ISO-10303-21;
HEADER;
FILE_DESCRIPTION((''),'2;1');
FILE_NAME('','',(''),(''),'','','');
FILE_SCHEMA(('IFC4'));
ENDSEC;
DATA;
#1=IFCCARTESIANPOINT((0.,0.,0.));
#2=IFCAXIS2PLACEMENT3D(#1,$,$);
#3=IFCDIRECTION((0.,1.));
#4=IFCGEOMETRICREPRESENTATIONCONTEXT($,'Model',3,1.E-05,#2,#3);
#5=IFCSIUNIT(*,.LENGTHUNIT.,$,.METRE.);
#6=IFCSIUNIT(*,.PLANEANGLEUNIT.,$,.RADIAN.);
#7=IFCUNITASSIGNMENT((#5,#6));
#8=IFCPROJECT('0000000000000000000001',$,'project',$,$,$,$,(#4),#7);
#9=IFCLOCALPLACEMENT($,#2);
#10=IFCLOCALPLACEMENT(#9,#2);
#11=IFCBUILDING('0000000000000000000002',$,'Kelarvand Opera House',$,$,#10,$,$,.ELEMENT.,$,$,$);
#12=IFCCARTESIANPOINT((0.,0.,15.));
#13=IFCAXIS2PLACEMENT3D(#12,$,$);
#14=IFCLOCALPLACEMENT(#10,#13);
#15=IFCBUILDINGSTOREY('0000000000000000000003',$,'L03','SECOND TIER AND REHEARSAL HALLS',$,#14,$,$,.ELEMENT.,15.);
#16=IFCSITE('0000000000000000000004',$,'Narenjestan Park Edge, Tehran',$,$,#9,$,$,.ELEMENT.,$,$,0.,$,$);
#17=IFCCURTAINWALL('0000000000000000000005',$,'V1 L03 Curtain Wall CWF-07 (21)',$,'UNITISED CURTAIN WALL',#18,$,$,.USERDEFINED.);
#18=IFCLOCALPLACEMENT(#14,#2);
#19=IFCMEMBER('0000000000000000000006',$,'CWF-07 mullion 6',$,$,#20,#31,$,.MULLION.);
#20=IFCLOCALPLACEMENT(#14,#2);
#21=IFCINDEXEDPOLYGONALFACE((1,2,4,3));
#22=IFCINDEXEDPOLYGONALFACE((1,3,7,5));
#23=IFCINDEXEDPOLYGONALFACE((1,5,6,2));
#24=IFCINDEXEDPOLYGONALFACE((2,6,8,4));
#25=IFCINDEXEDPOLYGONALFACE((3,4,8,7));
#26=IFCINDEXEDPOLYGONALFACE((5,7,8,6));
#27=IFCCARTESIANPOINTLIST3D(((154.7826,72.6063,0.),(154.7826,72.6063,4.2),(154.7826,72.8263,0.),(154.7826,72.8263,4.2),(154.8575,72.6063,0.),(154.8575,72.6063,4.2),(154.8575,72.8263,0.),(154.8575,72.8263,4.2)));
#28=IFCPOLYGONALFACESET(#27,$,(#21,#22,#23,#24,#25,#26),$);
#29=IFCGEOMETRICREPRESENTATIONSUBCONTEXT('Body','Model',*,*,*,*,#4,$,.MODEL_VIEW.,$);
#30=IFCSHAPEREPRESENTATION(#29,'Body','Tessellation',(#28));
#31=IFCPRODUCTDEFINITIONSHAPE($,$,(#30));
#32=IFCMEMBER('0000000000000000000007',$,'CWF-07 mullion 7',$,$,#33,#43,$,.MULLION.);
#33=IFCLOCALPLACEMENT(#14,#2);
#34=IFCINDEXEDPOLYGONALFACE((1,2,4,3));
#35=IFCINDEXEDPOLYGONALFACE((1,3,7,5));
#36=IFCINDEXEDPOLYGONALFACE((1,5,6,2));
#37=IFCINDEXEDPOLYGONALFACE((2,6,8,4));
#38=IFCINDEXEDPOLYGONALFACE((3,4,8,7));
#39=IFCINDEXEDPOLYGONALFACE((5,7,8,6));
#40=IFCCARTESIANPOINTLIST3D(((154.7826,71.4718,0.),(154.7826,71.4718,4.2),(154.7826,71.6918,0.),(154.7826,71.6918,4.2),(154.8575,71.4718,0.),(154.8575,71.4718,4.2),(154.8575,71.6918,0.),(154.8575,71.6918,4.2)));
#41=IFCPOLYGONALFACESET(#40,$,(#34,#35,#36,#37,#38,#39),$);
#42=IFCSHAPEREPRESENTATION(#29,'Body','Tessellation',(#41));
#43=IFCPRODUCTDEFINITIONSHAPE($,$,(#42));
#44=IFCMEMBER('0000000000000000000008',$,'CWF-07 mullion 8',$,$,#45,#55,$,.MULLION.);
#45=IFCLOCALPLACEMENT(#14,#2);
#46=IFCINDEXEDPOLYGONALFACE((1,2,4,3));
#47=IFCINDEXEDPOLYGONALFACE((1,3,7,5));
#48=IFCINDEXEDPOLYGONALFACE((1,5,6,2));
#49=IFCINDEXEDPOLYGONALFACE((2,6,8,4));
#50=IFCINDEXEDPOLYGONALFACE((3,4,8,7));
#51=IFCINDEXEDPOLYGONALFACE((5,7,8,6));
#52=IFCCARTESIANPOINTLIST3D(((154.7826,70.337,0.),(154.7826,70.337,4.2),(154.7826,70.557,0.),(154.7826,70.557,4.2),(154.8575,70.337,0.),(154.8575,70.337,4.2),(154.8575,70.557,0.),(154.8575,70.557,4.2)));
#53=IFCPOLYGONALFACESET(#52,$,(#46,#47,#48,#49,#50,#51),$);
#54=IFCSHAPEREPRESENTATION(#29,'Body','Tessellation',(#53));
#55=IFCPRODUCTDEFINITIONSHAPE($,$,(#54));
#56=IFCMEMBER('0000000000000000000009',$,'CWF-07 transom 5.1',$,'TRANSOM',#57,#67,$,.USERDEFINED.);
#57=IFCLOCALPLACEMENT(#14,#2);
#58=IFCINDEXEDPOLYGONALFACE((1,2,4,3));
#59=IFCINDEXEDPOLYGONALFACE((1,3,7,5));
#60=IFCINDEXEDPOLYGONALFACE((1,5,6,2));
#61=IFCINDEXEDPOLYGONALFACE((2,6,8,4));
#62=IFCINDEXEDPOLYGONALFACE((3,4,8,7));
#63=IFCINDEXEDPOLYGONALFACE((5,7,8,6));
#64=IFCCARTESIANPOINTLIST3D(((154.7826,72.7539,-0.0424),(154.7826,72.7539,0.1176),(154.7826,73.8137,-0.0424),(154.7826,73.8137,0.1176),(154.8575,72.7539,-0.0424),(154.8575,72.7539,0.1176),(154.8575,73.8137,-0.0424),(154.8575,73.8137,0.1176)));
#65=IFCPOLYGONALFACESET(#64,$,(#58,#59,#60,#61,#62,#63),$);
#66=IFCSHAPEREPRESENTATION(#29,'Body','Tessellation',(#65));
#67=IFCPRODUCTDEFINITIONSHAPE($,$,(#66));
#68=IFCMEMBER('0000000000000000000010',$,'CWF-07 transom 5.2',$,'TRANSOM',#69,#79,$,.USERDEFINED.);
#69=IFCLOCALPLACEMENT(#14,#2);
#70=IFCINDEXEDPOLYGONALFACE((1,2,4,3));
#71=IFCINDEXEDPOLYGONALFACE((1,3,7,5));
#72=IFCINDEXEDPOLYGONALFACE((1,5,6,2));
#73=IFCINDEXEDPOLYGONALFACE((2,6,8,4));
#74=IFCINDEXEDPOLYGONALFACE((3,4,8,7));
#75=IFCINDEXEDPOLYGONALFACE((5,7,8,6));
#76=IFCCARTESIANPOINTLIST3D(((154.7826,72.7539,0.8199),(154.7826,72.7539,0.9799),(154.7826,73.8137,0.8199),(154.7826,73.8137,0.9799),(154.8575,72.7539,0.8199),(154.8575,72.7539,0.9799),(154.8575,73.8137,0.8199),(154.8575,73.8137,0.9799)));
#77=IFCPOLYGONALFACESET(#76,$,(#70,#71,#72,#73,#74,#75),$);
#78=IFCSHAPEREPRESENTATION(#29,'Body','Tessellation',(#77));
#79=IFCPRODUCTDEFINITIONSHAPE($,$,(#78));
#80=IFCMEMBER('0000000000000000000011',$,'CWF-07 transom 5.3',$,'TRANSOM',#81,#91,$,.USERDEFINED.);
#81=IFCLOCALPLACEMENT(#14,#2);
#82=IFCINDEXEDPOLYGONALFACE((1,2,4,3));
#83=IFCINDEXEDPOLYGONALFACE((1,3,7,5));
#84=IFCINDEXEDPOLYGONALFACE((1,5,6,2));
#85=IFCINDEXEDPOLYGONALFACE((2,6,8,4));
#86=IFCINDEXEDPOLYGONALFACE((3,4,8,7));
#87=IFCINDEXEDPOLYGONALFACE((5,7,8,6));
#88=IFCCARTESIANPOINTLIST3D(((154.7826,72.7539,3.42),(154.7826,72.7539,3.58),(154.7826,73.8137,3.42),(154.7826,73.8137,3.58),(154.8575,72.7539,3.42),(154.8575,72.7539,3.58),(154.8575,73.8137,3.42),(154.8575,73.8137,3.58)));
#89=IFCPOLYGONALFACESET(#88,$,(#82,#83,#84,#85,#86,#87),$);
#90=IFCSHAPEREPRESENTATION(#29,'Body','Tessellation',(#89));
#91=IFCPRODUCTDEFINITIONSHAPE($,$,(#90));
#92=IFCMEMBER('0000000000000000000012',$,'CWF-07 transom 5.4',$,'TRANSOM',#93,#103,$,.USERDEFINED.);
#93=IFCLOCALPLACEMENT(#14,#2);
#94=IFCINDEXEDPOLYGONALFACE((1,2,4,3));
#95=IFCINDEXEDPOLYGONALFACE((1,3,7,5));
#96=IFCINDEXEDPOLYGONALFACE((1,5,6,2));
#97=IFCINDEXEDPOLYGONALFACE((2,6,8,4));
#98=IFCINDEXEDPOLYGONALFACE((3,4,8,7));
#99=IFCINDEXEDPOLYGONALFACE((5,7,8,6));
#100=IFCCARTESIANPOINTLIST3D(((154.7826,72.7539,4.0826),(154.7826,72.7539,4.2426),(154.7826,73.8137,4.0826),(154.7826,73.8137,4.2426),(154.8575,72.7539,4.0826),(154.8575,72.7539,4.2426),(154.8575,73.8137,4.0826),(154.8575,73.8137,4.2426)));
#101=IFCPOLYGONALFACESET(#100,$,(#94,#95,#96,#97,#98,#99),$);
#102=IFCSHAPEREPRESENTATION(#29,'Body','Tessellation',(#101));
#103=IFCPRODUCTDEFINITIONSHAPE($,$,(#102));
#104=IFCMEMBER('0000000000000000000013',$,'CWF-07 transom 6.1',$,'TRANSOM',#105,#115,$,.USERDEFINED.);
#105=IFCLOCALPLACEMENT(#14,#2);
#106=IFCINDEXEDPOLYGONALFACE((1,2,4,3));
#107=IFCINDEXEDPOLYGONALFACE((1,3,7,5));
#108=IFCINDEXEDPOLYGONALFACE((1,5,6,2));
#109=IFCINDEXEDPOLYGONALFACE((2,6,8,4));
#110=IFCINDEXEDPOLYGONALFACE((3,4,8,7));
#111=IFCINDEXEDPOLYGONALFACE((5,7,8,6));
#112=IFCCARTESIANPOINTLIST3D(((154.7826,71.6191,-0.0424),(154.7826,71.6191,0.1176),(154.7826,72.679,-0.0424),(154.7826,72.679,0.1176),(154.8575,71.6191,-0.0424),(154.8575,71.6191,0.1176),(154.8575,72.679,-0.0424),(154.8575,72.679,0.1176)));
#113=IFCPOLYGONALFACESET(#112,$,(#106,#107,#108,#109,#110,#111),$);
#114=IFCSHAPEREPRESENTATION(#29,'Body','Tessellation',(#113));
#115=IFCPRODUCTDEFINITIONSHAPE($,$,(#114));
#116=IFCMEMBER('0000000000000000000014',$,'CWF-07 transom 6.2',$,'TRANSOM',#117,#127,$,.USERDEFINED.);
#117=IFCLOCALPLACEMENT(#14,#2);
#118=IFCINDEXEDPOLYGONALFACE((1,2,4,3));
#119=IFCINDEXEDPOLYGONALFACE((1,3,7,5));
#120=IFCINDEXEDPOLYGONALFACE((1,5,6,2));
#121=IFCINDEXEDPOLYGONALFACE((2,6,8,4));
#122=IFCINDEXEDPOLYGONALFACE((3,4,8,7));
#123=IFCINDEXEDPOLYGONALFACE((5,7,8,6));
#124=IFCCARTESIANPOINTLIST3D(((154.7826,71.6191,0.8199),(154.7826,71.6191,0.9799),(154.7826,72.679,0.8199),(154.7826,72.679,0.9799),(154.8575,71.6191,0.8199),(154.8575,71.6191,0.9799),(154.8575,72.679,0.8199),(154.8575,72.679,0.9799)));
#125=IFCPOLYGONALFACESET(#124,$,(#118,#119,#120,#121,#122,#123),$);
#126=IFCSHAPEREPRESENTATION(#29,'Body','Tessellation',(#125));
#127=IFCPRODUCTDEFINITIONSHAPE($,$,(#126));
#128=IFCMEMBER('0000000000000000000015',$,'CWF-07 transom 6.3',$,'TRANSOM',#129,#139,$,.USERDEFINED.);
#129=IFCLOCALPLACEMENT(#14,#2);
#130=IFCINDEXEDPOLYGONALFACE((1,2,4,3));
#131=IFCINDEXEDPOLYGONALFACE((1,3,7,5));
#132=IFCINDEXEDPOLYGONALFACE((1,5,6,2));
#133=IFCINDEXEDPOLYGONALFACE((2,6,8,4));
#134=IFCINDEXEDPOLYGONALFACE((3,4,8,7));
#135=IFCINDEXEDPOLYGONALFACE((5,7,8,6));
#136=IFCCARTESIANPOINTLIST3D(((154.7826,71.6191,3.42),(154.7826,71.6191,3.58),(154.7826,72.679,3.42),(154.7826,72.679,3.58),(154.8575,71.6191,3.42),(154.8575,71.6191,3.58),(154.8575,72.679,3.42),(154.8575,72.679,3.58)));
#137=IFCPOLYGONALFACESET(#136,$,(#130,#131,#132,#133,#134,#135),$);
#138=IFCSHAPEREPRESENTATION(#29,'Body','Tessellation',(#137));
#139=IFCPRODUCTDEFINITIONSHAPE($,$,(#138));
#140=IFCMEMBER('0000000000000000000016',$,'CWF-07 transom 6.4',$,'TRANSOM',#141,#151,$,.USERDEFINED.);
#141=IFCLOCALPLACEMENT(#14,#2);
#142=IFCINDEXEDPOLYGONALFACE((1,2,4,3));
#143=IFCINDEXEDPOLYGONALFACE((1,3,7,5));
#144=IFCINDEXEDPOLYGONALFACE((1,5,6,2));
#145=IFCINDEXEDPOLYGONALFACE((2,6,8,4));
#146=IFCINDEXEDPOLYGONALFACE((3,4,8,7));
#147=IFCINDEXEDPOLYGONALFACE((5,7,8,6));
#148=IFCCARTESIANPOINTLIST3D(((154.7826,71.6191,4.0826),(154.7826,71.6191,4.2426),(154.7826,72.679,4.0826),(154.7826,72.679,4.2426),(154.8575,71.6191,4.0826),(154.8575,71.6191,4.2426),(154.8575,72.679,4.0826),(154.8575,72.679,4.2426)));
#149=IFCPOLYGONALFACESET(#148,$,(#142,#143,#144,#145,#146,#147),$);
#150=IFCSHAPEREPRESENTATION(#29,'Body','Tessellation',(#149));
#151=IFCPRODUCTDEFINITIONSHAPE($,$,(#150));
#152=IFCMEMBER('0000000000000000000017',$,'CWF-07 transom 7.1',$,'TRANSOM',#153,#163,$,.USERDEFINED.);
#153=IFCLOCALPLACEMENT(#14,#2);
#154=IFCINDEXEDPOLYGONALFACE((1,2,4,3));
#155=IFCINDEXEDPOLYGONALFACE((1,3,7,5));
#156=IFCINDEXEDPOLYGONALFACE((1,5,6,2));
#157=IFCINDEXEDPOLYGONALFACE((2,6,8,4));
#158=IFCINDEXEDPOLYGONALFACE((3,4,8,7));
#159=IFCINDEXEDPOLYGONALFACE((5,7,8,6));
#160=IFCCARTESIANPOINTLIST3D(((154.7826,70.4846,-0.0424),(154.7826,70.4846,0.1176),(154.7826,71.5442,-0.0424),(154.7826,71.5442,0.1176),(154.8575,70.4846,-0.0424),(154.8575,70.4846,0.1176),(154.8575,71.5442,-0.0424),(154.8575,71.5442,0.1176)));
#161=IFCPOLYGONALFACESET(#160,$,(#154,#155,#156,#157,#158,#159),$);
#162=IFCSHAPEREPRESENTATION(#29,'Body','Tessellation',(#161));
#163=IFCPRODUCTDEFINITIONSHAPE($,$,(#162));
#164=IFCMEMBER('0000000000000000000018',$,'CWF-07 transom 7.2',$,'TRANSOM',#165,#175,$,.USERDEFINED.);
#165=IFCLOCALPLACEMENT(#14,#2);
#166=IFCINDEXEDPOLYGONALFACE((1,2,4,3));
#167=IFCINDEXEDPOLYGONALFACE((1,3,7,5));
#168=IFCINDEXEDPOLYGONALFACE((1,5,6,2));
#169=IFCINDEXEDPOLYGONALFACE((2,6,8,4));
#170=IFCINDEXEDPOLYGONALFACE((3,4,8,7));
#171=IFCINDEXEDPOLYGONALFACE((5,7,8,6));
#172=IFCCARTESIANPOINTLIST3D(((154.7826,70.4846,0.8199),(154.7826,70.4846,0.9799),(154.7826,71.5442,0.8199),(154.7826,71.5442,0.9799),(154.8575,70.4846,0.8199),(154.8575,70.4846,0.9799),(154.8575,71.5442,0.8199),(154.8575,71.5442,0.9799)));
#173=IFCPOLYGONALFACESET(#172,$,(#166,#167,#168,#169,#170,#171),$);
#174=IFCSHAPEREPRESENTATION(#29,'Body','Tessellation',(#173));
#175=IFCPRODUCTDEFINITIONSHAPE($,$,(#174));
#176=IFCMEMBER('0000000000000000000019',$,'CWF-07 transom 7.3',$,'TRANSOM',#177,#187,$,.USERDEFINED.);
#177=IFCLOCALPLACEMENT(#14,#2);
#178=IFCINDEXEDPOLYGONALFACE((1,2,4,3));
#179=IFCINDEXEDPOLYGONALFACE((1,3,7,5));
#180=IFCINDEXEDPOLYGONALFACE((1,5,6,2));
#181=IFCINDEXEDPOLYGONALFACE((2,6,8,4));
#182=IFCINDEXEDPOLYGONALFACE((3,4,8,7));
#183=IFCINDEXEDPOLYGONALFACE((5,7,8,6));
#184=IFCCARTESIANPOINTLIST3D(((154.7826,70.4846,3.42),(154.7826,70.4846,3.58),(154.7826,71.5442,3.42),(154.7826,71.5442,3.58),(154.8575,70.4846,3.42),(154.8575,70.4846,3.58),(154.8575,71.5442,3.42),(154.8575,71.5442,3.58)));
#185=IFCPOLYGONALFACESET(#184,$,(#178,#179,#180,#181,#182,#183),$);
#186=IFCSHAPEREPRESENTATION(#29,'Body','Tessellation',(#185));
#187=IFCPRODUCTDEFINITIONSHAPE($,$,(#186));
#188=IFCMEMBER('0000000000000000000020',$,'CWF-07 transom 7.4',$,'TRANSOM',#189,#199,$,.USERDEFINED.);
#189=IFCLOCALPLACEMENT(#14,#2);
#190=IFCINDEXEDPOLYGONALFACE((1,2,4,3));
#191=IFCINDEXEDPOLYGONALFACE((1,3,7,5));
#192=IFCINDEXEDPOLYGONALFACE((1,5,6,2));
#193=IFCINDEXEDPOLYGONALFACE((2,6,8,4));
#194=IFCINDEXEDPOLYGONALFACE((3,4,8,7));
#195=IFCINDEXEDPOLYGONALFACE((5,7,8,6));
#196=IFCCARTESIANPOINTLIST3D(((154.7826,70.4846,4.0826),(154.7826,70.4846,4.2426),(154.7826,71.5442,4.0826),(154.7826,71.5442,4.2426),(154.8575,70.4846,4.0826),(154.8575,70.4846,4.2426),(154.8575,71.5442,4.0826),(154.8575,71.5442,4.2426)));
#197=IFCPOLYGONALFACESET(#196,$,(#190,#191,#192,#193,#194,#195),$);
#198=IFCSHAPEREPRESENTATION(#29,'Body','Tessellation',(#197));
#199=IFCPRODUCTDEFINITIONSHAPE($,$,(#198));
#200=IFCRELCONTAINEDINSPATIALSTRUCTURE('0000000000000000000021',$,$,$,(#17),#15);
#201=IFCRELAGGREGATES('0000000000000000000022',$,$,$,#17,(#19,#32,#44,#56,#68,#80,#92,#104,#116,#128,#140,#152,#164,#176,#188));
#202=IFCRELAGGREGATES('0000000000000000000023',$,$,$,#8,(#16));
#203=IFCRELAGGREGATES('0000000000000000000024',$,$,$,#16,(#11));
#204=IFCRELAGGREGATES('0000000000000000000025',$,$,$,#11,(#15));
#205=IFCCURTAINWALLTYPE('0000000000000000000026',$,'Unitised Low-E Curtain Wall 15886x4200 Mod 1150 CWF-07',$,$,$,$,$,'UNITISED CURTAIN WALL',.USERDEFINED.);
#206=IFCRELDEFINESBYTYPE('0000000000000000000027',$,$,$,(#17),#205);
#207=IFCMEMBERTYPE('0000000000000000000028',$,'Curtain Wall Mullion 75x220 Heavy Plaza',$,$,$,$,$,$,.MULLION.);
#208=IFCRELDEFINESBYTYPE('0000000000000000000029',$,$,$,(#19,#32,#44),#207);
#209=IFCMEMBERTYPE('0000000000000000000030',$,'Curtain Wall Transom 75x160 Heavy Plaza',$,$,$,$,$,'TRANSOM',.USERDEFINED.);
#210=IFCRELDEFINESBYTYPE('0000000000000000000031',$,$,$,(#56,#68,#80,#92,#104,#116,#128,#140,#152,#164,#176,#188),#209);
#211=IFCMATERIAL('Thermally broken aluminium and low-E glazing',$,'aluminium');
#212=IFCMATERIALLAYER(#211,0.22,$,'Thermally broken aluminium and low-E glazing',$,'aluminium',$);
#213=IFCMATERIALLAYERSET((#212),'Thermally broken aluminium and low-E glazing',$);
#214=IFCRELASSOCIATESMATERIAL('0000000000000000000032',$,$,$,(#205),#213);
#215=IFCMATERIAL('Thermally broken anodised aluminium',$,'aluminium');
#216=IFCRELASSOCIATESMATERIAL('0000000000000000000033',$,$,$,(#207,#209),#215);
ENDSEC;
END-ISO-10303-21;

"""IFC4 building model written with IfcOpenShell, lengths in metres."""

from ifc_helpers import new_model, si_unit, direction, frame, origin, origin_2d, place, context, subcontext, project, spatial, rectangle, extrude, material, layer, layer_set, material_profile, profile_set, type_object, element, aggregate, save


model = new_model("IFC4")

# Units and contexts
model_context = context("Model", 3, precision=1e-05, world=origin(), true_north=direction((0.0, 1.0)))
body_context = subcontext(model_context, "Body", "Model", "MODEL_VIEW")
ifc_project = project(units=[si_unit("LENGTHUNIT", "METRE"), si_unit("PLANEANGLEUNIT", "RADIAN")], contexts=[model_context])

# Site, building, storey
site_placement = place(None, origin())
site = spatial("IfcSite", under=ifc_project, at=site_placement, Name="Narenjestan Park Edge, Tehran", CompositionType="ELEMENT", RefElevation=0.0)
building_placement = place(site_placement, origin())
building = spatial("IfcBuilding", under=site, at=building_placement, Name="Kelarvand Opera House", CompositionType="ELEMENT")
storey_placement = place(building_placement, frame((0.0, 0.0, 15.0)))
storey = spatial("IfcBuildingStorey", under=building, at=storey_placement, Name="L03", Description="SECOND TIER AND REHEARSAL HALLS", CompositionType="ELEMENT", Elevation=15.0)

# Curtain wall, members
ifc_material_1 = material(Name="Thermally broken aluminium and low-E glazing", Category="aluminium")
ifc_layer_1 = layer(ifc_material_1, 0.22, Name="Thermally broken aluminium and low-E glazing", Category="aluminium")
ifc_layer_set_1 = layer_set([ifc_layer_1], Name="Thermally broken aluminium and low-E glazing")
curtain_wall_type = type_object("IfcCurtainWallType", Name="Unitised Low-E Curtain Wall 15886x4200 Mod 1150 CWF-07", ElementType="UNITISED CURTAIN WALL", PredefinedType="USERDEFINED", material=ifc_layer_set_1)
curtain_wall_placement = place(storey_placement, origin())
curtain_wall = element("IfcCurtainWall", 1, at=curtain_wall_placement, inside=storey, type_object=curtain_wall_type, Name="V1 L03 Curtain Wall CWF-07 (21)", ObjectType="UNITISED CURTAIN WALL", PredefinedType="USERDEFINED")
ifc_material_2 = material(Name="Thermally broken anodised aluminium", Category="aluminium")
ifc_material_profile_1 = material_profile(ifc_material_2, rectangle(XDim=0.075, YDim=0.22, at=origin_2d()), Name="ALU MULLION 75x220", Category="aluminium")
ifc_profile_set_1 = profile_set([ifc_material_profile_1], Name="Thermally broken anodised aluminium")
member_type_1 = type_object("IfcMemberType", Name="Curtain Wall Mullion 75x220 Heavy Plaza", PredefinedType="MULLION", material=ifc_profile_set_1)
member_1_placement = place(storey_placement, frame((154.8201, 72.7163, 0.0), z_axis=(0.0, 0.0, 1.0), x_axis=(1.0, 0.0, 0.0)))
member_1 = element("IfcMember", 2, at=member_1_placement, type_object=member_type_1, Name="CWF-07 mullion 6", PredefinedType="MULLION", context=body_context, shape_type="SweptSolid", body=[
    extrude(rectangle(XDim=0.075, YDim=0.22, at=origin_2d()), origin(), (0.0, 0.0, 1.0), 4.2),
])
member_2_placement = place(storey_placement, frame((154.8201, 71.5818, 0.0), z_axis=(0.0, 0.0, 1.0), x_axis=(1.0, 0.0, 0.0)))
member_2 = element("IfcMember", 3, at=member_2_placement, type_object=member_type_1, Name="CWF-07 mullion 7", PredefinedType="MULLION", context=body_context, shape_type="SweptSolid", body=[
    extrude(rectangle(XDim=0.075, YDim=0.22, at=origin_2d()), origin(), (0.0, 0.0, 1.0), 4.2),
])
member_3_placement = place(storey_placement, frame((154.8201, 70.447, 0.0), z_axis=(0.0, 0.0, 1.0), x_axis=(1.0, 0.0, 0.0)))
member_3 = element("IfcMember", 4, at=member_3_placement, type_object=member_type_1, Name="CWF-07 mullion 8", PredefinedType="MULLION", context=body_context, shape_type="SweptSolid", body=[
    extrude(rectangle(XDim=0.075, YDim=0.22, at=origin_2d()), origin(), (0.0, 0.0, 1.0), 4.2),
])
ifc_material_profile_2 = material_profile(ifc_material_2, rectangle(XDim=0.075, YDim=0.1599, at=origin_2d()), Name="ALU TRANSOM 75x160", Category="aluminium")
ifc_profile_set_2 = profile_set([ifc_material_profile_2], Name="Thermally broken anodised aluminium")
member_type_2 = type_object("IfcMemberType", Name="Curtain Wall Transom 75x160 Heavy Plaza", ElementType="TRANSOM", PredefinedType="USERDEFINED", material=ifc_profile_set_2)
member_4_placement = place(storey_placement, frame((154.8201, 73.8137, 0.0376), z_axis=(0.0, -1.0, 0.0), x_axis=(1.0, 0.0, 0.0)))
member_4 = element("IfcMember", 5, at=member_4_placement, type_object=member_type_2, Name="CWF-07 transom 5.1", ObjectType="TRANSOM", PredefinedType="USERDEFINED", context=body_context, shape_type="SweptSolid", body=[
    extrude(rectangle(XDim=0.075, YDim=0.1599, at=origin_2d()), origin(), (0.0, 0.0, 1.0), 1.0598),
])
member_5_placement = place(storey_placement, frame((154.8201, 73.8137, 0.8999), z_axis=(0.0, -1.0, 0.0), x_axis=(1.0, 0.0, 0.0)))
member_5 = element("IfcMember", 6, at=member_5_placement, type_object=member_type_2, Name="CWF-07 transom 5.2", ObjectType="TRANSOM", PredefinedType="USERDEFINED", context=body_context, shape_type="SweptSolid", body=[
    extrude(rectangle(XDim=0.075, YDim=0.1599, at=origin_2d()), origin(), (0.0, 0.0, 1.0), 1.0598),
])
member_6_placement = place(storey_placement, frame((154.8201, 73.8137, 3.5), z_axis=(0.0, -1.0, 0.0), x_axis=(1.0, 0.0, 0.0)))
member_6 = element("IfcMember", 7, at=member_6_placement, type_object=member_type_2, Name="CWF-07 transom 5.3", ObjectType="TRANSOM", PredefinedType="USERDEFINED", context=body_context, shape_type="SweptSolid", body=[
    extrude(rectangle(XDim=0.075, YDim=0.1599, at=origin_2d()), origin(), (0.0, 0.0, 1.0), 1.0598),
])
member_7_placement = place(storey_placement, frame((154.8201, 73.8137, 4.1626), z_axis=(0.0, -1.0, 0.0), x_axis=(1.0, 0.0, 0.0)))
member_7 = element("IfcMember", 8, at=member_7_placement, type_object=member_type_2, Name="CWF-07 transom 5.4", ObjectType="TRANSOM", PredefinedType="USERDEFINED", context=body_context, shape_type="SweptSolid", body=[
    extrude(rectangle(XDim=0.075, YDim=0.1599, at=origin_2d()), origin(), (0.0, 0.0, 1.0), 1.0598),
])
member_8_placement = place(storey_placement, frame((154.8201, 72.679, 0.0376), z_axis=(0.0, -1.0, 0.0), x_axis=(1.0, 0.0, 0.0)))
member_8 = element("IfcMember", 9, at=member_8_placement, type_object=member_type_2, Name="CWF-07 transom 6.1", ObjectType="TRANSOM", PredefinedType="USERDEFINED", context=body_context, shape_type="SweptSolid", body=[
    extrude(rectangle(XDim=0.075, YDim=0.1599, at=origin_2d()), origin(), (0.0, 0.0, 1.0), 1.0598),
])
member_9_placement = place(storey_placement, frame((154.8201, 72.679, 0.8999), z_axis=(0.0, -1.0, 0.0), x_axis=(1.0, 0.0, 0.0)))
member_9 = element("IfcMember", 10, at=member_9_placement, type_object=member_type_2, Name="CWF-07 transom 6.2", ObjectType="TRANSOM", PredefinedType="USERDEFINED", context=body_context, shape_type="SweptSolid", body=[
    extrude(rectangle(XDim=0.075, YDim=0.1599, at=origin_2d()), origin(), (0.0, 0.0, 1.0), 1.0598),
])
member_10_placement = place(storey_placement, frame((154.8201, 72.679, 3.5), z_axis=(0.0, -1.0, 0.0), x_axis=(1.0, 0.0, 0.0)))
member_10 = element("IfcMember", 11, at=member_10_placement, type_object=member_type_2, Name="CWF-07 transom 6.3", ObjectType="TRANSOM", PredefinedType="USERDEFINED", context=body_context, shape_type="SweptSolid", body=[
    extrude(rectangle(XDim=0.075, YDim=0.1599, at=origin_2d()), origin(), (0.0, 0.0, 1.0), 1.0598),
])
member_11_placement = place(storey_placement, frame((154.8201, 72.679, 4.1626), z_axis=(0.0, -1.0, 0.0), x_axis=(1.0, 0.0, 0.0)))
member_11 = element("IfcMember", 12, at=member_11_placement, type_object=member_type_2, Name="CWF-07 transom 6.4", ObjectType="TRANSOM", PredefinedType="USERDEFINED", context=body_context, shape_type="SweptSolid", body=[
    extrude(rectangle(XDim=0.075, YDim=0.1599, at=origin_2d()), origin(), (0.0, 0.0, 1.0), 1.0598),
])
member_12_placement = place(storey_placement, frame((154.8201, 71.5442, 0.0376), z_axis=(0.0, -1.0, 0.0), x_axis=(1.0, 0.0, 0.0)))
member_12 = element("IfcMember", 13, at=member_12_placement, type_object=member_type_2, Name="CWF-07 transom 7.1", ObjectType="TRANSOM", PredefinedType="USERDEFINED", context=body_context, shape_type="SweptSolid", body=[
    extrude(rectangle(XDim=0.075, YDim=0.1599, at=origin_2d()), origin(), (0.0, 0.0, 1.0), 1.0596),
])
member_13_placement = place(storey_placement, frame((154.8201, 71.5442, 0.8999), z_axis=(0.0, -1.0, 0.0), x_axis=(1.0, 0.0, 0.0)))
member_13 = element("IfcMember", 14, at=member_13_placement, type_object=member_type_2, Name="CWF-07 transom 7.2", ObjectType="TRANSOM", PredefinedType="USERDEFINED", context=body_context, shape_type="SweptSolid", body=[
    extrude(rectangle(XDim=0.075, YDim=0.1599, at=origin_2d()), origin(), (0.0, 0.0, 1.0), 1.0596),
])
member_14_placement = place(storey_placement, frame((154.8201, 71.5442, 3.5), z_axis=(0.0, -1.0, 0.0), x_axis=(1.0, 0.0, 0.0)))
member_14 = element("IfcMember", 15, at=member_14_placement, type_object=member_type_2, Name="CWF-07 transom 7.3", ObjectType="TRANSOM", PredefinedType="USERDEFINED", context=body_context, shape_type="SweptSolid", body=[
    extrude(rectangle(XDim=0.075, YDim=0.1599, at=origin_2d()), origin(), (0.0, 0.0, 1.0), 1.0596),
])
member_15_placement = place(storey_placement, frame((154.8201, 71.5442, 4.1626), z_axis=(0.0, -1.0, 0.0), x_axis=(1.0, 0.0, 0.0)))
member_15 = element("IfcMember", 16, at=member_15_placement, type_object=member_type_2, Name="CWF-07 transom 7.4", ObjectType="TRANSOM", PredefinedType="USERDEFINED", context=body_context, shape_type="SweptSolid", body=[
    extrude(rectangle(XDim=0.075, YDim=0.1599, at=origin_2d()), origin(), (0.0, 0.0, 1.0), 1.0596),
])
aggregate(curtain_wall, [member_1, member_2, member_3, member_4, member_5, member_6, member_7, member_8, member_9, member_10, member_11, member_12, member_13, member_14, member_15])

save(model, "model.ifc")
